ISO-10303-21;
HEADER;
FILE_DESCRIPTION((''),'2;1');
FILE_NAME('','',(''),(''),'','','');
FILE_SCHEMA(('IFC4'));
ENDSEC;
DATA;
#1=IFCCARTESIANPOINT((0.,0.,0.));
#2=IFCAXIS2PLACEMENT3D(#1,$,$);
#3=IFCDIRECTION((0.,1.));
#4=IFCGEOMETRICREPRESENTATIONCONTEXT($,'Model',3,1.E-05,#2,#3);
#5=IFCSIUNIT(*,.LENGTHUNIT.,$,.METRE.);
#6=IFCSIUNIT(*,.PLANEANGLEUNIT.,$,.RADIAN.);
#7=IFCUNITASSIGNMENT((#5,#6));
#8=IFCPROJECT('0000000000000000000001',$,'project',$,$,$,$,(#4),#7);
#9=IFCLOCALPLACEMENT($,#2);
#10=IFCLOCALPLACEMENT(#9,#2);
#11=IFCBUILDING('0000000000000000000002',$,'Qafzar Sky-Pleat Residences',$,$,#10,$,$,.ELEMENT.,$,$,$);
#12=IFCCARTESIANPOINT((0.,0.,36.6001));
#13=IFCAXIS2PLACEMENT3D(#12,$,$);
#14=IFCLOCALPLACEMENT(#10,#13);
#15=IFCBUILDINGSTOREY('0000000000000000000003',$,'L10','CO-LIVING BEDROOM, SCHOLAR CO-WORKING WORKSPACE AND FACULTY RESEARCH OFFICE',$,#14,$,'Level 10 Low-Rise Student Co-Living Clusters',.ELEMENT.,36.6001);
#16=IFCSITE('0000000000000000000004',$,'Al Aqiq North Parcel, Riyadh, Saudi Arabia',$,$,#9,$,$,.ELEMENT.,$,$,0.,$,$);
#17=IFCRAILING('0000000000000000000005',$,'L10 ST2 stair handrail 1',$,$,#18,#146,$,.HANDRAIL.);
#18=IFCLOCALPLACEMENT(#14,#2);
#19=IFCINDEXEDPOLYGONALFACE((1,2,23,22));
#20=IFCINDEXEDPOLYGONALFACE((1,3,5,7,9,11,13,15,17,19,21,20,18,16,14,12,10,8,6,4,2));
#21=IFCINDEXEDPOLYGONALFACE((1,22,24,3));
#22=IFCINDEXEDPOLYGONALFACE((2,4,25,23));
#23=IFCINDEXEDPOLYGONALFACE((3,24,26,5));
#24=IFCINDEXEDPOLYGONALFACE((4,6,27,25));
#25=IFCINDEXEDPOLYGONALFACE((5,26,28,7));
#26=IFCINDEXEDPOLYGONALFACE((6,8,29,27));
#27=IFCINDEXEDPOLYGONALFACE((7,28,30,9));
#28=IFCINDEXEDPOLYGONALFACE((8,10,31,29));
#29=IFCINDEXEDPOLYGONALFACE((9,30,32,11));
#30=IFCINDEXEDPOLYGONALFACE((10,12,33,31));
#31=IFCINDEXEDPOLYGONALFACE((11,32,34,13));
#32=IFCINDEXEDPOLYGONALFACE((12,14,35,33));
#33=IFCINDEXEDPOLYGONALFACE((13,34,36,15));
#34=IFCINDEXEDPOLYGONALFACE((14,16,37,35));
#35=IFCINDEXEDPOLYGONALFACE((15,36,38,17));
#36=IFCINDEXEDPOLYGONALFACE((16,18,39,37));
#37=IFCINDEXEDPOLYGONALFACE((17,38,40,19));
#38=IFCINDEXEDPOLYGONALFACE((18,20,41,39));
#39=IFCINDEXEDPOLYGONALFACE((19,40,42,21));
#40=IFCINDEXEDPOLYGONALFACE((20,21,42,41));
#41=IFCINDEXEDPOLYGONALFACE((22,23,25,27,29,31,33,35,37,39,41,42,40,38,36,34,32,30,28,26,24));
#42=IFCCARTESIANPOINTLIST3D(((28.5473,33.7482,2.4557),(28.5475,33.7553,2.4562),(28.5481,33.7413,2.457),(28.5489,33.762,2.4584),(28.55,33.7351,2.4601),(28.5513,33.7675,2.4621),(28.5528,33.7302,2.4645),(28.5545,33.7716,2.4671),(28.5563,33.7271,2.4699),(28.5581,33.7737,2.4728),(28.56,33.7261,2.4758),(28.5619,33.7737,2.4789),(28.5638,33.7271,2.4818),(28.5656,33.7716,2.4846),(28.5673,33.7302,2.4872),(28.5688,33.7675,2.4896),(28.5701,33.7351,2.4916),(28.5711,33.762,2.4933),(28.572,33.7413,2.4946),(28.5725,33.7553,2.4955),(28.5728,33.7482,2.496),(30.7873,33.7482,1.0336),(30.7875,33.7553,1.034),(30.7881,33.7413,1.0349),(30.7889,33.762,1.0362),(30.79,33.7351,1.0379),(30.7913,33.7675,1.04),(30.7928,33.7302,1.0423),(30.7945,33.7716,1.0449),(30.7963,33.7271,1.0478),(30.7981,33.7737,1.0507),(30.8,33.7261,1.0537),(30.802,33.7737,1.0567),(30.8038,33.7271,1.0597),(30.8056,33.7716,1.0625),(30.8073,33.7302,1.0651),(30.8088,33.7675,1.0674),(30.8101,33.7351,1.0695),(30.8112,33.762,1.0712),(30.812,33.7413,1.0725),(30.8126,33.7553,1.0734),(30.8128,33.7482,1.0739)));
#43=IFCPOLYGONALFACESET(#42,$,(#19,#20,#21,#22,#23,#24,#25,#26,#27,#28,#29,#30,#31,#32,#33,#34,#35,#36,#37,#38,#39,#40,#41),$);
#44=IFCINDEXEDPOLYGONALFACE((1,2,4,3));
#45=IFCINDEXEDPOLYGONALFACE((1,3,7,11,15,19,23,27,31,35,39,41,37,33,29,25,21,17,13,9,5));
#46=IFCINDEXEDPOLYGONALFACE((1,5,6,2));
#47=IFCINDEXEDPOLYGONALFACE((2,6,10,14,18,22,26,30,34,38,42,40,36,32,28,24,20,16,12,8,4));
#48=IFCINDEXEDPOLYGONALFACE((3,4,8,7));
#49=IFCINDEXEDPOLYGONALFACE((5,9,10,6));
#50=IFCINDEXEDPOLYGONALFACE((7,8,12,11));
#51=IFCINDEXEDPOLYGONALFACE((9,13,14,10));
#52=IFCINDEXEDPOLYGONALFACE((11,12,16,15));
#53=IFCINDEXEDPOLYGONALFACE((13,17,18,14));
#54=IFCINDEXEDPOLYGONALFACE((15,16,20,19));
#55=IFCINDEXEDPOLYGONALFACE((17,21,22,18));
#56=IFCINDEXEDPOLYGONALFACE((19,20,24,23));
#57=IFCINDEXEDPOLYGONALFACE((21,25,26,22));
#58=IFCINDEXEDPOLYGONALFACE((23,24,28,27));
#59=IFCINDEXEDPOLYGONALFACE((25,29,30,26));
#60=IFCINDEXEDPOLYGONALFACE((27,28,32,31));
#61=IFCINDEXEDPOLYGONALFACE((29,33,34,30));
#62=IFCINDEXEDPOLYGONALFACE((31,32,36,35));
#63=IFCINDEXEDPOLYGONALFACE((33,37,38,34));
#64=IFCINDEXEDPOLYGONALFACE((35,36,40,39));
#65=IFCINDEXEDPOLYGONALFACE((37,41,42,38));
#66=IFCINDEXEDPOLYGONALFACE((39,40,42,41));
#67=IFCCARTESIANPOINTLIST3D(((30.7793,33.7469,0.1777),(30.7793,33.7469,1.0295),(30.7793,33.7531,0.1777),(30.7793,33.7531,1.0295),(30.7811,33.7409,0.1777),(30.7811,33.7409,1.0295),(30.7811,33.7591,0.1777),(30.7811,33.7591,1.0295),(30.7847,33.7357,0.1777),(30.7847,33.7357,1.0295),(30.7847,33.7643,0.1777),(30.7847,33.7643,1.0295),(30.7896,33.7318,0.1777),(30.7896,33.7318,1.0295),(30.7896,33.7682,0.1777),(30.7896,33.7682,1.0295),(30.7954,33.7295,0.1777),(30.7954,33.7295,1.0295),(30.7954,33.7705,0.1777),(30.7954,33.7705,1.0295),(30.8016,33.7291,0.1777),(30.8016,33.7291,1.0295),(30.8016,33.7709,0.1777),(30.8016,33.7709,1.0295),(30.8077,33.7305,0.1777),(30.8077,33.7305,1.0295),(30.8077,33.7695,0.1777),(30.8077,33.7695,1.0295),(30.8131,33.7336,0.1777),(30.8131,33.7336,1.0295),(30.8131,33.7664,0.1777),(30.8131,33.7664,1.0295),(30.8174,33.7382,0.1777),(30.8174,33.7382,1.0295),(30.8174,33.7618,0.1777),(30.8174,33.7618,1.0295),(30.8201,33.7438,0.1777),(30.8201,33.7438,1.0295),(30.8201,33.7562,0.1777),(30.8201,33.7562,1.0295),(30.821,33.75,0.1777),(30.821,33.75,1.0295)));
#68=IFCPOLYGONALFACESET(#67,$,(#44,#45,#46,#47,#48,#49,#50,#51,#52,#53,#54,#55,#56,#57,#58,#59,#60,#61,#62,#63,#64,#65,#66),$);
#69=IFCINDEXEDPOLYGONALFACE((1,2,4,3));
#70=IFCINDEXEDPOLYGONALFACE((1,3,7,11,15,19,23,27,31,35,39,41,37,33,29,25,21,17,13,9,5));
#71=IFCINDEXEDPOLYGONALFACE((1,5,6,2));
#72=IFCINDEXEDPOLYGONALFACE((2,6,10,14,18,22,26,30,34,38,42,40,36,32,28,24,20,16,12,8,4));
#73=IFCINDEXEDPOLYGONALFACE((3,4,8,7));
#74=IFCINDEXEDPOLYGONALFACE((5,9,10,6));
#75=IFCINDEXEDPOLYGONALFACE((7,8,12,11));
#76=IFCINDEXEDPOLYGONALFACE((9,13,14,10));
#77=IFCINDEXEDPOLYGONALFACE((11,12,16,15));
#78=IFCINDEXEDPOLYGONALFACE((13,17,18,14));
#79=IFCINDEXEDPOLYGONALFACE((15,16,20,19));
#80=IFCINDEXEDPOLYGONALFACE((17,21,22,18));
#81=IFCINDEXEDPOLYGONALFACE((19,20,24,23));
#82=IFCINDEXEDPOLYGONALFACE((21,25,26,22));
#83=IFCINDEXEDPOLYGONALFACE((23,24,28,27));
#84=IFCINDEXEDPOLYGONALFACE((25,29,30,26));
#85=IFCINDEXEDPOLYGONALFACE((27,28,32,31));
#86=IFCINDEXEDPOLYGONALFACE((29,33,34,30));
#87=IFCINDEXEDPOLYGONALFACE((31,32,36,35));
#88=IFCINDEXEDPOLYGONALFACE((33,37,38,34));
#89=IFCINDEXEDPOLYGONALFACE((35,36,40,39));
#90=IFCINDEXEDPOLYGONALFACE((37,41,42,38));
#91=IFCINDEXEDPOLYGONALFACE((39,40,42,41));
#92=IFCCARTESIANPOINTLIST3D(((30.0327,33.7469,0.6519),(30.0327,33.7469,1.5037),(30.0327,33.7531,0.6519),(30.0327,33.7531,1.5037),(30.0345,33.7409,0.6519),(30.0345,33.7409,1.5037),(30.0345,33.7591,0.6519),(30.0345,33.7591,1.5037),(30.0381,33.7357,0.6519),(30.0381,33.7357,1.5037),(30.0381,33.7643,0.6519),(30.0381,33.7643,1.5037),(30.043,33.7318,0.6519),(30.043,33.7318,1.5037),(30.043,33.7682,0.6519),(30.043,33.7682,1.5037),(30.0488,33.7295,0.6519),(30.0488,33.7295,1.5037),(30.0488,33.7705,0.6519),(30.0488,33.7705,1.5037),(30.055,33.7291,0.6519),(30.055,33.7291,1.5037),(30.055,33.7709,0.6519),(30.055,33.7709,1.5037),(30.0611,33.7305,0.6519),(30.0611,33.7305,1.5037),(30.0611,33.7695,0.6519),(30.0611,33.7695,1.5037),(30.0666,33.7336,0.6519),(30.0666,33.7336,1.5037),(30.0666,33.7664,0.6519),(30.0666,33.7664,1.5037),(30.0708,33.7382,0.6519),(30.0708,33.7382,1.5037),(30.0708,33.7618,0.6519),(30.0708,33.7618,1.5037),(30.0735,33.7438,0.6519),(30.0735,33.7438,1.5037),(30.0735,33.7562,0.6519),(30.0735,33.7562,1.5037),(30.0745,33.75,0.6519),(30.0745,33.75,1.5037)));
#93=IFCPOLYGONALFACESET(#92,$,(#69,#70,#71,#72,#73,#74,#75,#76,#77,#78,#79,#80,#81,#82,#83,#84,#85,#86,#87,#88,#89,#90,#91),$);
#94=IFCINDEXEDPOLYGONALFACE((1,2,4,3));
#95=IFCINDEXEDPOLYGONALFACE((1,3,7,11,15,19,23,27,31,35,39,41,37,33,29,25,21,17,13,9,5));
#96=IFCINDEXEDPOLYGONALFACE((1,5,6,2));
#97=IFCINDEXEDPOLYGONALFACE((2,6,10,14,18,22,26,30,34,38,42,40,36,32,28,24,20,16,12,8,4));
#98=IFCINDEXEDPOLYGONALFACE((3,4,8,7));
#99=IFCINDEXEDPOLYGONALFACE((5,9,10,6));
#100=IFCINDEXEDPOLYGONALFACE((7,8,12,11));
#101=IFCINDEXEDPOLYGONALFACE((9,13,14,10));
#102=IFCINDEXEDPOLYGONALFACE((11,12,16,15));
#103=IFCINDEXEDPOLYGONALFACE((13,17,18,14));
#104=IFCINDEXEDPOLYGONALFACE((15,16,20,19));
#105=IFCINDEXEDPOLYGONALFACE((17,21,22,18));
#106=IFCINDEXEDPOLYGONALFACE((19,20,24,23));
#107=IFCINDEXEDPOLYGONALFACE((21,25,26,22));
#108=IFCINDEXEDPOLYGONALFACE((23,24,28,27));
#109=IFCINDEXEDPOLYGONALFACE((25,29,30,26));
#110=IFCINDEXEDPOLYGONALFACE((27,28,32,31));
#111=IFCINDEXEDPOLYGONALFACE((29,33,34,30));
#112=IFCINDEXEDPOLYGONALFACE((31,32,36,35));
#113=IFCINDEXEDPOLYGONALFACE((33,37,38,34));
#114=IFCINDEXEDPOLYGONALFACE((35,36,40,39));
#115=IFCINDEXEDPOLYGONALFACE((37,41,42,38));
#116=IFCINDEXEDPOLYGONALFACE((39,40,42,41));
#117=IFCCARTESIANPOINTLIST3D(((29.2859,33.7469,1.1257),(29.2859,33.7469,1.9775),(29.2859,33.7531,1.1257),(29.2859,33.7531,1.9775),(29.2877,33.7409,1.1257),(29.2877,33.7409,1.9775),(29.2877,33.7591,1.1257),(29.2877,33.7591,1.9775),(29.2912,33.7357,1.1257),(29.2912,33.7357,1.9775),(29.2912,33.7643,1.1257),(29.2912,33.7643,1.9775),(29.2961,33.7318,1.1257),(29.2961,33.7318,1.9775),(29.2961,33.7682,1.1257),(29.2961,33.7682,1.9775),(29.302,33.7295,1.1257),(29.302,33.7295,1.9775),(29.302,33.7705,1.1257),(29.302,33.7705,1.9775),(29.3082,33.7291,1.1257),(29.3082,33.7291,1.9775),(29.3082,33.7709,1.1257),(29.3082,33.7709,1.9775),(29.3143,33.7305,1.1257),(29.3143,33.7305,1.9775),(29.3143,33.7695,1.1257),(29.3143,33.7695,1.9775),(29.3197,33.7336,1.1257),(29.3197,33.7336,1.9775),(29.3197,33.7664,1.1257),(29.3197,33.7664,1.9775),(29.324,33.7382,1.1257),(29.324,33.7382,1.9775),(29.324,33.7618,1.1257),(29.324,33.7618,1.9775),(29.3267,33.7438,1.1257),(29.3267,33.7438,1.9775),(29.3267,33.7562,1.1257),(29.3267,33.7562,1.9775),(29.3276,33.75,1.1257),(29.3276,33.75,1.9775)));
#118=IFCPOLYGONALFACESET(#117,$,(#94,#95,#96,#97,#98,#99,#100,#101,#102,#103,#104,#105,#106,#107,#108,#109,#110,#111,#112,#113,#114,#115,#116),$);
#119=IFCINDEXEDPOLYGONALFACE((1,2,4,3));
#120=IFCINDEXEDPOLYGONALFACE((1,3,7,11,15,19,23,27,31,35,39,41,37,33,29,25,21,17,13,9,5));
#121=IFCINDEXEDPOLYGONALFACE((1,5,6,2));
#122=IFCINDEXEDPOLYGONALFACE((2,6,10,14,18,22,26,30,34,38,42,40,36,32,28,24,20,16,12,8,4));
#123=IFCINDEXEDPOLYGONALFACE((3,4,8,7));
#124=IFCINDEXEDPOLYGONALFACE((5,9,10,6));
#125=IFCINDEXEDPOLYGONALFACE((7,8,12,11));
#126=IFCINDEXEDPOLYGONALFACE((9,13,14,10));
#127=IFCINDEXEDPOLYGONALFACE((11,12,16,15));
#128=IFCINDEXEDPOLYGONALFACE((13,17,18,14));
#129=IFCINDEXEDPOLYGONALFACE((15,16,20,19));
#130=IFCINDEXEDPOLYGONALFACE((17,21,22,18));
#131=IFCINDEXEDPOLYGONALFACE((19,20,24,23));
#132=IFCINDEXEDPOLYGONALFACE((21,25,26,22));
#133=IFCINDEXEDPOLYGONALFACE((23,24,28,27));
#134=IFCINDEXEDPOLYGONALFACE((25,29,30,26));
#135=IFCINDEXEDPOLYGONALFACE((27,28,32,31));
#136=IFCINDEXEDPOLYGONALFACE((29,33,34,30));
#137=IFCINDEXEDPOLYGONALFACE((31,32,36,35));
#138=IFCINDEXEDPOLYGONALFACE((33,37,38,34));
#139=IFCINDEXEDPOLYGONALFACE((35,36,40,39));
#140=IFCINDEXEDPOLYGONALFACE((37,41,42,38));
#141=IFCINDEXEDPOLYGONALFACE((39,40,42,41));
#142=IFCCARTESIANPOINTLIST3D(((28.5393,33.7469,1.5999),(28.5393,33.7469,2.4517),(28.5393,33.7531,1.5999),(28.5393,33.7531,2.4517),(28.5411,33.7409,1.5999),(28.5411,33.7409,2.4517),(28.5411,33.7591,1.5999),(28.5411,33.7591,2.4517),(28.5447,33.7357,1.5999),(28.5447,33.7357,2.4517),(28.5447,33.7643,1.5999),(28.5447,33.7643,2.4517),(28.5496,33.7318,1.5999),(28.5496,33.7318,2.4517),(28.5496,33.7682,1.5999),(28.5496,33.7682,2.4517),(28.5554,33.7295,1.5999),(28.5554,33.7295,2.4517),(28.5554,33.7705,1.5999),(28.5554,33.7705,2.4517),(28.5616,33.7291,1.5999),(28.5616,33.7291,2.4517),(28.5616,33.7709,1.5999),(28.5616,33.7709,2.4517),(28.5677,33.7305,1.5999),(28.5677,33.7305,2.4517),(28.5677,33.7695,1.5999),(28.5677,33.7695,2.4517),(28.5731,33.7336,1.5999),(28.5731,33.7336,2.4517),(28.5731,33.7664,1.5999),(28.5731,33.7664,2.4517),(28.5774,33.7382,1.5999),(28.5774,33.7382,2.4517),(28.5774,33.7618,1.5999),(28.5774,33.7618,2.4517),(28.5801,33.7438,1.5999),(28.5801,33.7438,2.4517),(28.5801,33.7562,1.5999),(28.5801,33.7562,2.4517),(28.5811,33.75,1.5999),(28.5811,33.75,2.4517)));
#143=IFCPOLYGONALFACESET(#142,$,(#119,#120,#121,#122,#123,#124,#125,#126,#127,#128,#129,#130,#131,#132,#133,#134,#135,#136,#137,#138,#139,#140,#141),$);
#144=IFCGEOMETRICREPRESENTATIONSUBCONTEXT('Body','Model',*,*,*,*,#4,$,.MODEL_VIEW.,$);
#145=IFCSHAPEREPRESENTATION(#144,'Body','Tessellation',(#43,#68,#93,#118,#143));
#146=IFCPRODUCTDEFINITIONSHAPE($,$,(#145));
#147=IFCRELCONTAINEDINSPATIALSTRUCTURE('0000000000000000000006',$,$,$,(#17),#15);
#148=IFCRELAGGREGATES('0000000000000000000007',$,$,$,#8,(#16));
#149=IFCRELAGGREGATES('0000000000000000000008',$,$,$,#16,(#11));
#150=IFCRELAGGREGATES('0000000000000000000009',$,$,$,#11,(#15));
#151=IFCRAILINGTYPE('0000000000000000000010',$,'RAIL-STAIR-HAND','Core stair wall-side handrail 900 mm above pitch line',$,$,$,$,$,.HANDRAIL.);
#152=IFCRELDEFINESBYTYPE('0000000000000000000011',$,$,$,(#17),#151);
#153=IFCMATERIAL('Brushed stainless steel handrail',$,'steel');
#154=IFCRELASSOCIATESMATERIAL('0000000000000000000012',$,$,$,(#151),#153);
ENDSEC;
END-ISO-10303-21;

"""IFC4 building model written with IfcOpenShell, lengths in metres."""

from ifc_helpers import new_model, si_unit, direction, frame, origin, origin_2d, place, context, subcontext, project, spatial, circle, extrude, source, transform, mapped, material, type_object, element, save


model = new_model("IFC4")

# Units and contexts
model_context = context("Model", 3, precision=1e-05, world=origin(), true_north=direction((0.0, 1.0)))
body_context = subcontext(model_context, "Body", "Model", "MODEL_VIEW")
ifc_project = project(units=[si_unit("LENGTHUNIT", "METRE"), si_unit("PLANEANGLEUNIT", "RADIAN")], contexts=[model_context])

# Site, building, storey
site_placement = place(None, origin())
site = spatial("IfcSite", under=ifc_project, at=site_placement, Name="Al Aqiq North Parcel, Riyadh, Saudi Arabia", CompositionType="ELEMENT", RefElevation=0.0)
building_placement = place(site_placement, origin())
building = spatial("IfcBuilding", under=site, at=building_placement, Name="Qafzar Sky-Pleat Residences", CompositionType="ELEMENT")
storey_placement = place(building_placement, frame((0.0, 0.0, 36.6001)))
storey = spatial("IfcBuildingStorey", under=building, at=storey_placement, Name="L10", Description="CO-LIVING BEDROOM, SCHOLAR CO-WORKING WORKSPACE AND FACULTY RESEARCH OFFICE", LongName="Level 10 Low-Rise Student Co-Living Clusters", CompositionType="ELEMENT", Elevation=36.6001)

# Railing
ifc_material_1 = material(Name="Brushed stainless steel handrail", Category="steel")
railing_type_1 = type_object("IfcRailingType", Name="RAIL-STAIR-HAND", Description="Core stair wall-side handrail 900 mm above pitch line", PredefinedType="HANDRAIL", material=ifc_material_1)
shared_shape_1 = source(origin(), body_context, "Body", "SweptSolid", [
    extrude(circle(Radius=0.0239, at=origin_2d()), frame((0.0, 0.0, 0.876), z_axis=(-0.844229, 0.0, 0.535982), x_axis=(0.0, -1.0, 0.0)), (0.0, 0.0, 1.0), 2.6533),
    extrude(circle(Radius=0.021, at=origin_2d()), origin(), (0.0, 0.0, 1.0), 0.8518),
    extrude(circle(Radius=0.021, at=origin_2d()), frame((-0.7466, 0.0, 0.4741)), (0.0, 0.0, 1.0), 0.8518),
    extrude(circle(Radius=0.021, at=origin_2d()), frame((-1.4934, 0.0, 0.948)), (0.0, 0.0, 1.0), 0.8518),
    extrude(circle(Radius=0.021, at=origin_2d()), frame((-2.24, 0.0, 1.4221)), (0.0, 0.0, 1.0), 0.8518),
])
railing_1_placement = place(storey_placement, frame((30.8, 33.75, 0.1777)))
element("IfcRailing", 1, at=railing_1_placement, inside=storey, type_object=railing_type_1, Name="L10 ST2 stair handrail 1", PredefinedType="HANDRAIL", context=body_context, shape_type="MappedRepresentation", body=[
    mapped(shared_shape_1, transform((0.0, 0.0, 0.0), x_axis=(1.0, 0.0, 0.0), y_axis=(0.0, 1.0, 0.0), z_axis=(0.0, 0.0, 1.0), scale=1.0)),
])

save(model, "model.ifc")
